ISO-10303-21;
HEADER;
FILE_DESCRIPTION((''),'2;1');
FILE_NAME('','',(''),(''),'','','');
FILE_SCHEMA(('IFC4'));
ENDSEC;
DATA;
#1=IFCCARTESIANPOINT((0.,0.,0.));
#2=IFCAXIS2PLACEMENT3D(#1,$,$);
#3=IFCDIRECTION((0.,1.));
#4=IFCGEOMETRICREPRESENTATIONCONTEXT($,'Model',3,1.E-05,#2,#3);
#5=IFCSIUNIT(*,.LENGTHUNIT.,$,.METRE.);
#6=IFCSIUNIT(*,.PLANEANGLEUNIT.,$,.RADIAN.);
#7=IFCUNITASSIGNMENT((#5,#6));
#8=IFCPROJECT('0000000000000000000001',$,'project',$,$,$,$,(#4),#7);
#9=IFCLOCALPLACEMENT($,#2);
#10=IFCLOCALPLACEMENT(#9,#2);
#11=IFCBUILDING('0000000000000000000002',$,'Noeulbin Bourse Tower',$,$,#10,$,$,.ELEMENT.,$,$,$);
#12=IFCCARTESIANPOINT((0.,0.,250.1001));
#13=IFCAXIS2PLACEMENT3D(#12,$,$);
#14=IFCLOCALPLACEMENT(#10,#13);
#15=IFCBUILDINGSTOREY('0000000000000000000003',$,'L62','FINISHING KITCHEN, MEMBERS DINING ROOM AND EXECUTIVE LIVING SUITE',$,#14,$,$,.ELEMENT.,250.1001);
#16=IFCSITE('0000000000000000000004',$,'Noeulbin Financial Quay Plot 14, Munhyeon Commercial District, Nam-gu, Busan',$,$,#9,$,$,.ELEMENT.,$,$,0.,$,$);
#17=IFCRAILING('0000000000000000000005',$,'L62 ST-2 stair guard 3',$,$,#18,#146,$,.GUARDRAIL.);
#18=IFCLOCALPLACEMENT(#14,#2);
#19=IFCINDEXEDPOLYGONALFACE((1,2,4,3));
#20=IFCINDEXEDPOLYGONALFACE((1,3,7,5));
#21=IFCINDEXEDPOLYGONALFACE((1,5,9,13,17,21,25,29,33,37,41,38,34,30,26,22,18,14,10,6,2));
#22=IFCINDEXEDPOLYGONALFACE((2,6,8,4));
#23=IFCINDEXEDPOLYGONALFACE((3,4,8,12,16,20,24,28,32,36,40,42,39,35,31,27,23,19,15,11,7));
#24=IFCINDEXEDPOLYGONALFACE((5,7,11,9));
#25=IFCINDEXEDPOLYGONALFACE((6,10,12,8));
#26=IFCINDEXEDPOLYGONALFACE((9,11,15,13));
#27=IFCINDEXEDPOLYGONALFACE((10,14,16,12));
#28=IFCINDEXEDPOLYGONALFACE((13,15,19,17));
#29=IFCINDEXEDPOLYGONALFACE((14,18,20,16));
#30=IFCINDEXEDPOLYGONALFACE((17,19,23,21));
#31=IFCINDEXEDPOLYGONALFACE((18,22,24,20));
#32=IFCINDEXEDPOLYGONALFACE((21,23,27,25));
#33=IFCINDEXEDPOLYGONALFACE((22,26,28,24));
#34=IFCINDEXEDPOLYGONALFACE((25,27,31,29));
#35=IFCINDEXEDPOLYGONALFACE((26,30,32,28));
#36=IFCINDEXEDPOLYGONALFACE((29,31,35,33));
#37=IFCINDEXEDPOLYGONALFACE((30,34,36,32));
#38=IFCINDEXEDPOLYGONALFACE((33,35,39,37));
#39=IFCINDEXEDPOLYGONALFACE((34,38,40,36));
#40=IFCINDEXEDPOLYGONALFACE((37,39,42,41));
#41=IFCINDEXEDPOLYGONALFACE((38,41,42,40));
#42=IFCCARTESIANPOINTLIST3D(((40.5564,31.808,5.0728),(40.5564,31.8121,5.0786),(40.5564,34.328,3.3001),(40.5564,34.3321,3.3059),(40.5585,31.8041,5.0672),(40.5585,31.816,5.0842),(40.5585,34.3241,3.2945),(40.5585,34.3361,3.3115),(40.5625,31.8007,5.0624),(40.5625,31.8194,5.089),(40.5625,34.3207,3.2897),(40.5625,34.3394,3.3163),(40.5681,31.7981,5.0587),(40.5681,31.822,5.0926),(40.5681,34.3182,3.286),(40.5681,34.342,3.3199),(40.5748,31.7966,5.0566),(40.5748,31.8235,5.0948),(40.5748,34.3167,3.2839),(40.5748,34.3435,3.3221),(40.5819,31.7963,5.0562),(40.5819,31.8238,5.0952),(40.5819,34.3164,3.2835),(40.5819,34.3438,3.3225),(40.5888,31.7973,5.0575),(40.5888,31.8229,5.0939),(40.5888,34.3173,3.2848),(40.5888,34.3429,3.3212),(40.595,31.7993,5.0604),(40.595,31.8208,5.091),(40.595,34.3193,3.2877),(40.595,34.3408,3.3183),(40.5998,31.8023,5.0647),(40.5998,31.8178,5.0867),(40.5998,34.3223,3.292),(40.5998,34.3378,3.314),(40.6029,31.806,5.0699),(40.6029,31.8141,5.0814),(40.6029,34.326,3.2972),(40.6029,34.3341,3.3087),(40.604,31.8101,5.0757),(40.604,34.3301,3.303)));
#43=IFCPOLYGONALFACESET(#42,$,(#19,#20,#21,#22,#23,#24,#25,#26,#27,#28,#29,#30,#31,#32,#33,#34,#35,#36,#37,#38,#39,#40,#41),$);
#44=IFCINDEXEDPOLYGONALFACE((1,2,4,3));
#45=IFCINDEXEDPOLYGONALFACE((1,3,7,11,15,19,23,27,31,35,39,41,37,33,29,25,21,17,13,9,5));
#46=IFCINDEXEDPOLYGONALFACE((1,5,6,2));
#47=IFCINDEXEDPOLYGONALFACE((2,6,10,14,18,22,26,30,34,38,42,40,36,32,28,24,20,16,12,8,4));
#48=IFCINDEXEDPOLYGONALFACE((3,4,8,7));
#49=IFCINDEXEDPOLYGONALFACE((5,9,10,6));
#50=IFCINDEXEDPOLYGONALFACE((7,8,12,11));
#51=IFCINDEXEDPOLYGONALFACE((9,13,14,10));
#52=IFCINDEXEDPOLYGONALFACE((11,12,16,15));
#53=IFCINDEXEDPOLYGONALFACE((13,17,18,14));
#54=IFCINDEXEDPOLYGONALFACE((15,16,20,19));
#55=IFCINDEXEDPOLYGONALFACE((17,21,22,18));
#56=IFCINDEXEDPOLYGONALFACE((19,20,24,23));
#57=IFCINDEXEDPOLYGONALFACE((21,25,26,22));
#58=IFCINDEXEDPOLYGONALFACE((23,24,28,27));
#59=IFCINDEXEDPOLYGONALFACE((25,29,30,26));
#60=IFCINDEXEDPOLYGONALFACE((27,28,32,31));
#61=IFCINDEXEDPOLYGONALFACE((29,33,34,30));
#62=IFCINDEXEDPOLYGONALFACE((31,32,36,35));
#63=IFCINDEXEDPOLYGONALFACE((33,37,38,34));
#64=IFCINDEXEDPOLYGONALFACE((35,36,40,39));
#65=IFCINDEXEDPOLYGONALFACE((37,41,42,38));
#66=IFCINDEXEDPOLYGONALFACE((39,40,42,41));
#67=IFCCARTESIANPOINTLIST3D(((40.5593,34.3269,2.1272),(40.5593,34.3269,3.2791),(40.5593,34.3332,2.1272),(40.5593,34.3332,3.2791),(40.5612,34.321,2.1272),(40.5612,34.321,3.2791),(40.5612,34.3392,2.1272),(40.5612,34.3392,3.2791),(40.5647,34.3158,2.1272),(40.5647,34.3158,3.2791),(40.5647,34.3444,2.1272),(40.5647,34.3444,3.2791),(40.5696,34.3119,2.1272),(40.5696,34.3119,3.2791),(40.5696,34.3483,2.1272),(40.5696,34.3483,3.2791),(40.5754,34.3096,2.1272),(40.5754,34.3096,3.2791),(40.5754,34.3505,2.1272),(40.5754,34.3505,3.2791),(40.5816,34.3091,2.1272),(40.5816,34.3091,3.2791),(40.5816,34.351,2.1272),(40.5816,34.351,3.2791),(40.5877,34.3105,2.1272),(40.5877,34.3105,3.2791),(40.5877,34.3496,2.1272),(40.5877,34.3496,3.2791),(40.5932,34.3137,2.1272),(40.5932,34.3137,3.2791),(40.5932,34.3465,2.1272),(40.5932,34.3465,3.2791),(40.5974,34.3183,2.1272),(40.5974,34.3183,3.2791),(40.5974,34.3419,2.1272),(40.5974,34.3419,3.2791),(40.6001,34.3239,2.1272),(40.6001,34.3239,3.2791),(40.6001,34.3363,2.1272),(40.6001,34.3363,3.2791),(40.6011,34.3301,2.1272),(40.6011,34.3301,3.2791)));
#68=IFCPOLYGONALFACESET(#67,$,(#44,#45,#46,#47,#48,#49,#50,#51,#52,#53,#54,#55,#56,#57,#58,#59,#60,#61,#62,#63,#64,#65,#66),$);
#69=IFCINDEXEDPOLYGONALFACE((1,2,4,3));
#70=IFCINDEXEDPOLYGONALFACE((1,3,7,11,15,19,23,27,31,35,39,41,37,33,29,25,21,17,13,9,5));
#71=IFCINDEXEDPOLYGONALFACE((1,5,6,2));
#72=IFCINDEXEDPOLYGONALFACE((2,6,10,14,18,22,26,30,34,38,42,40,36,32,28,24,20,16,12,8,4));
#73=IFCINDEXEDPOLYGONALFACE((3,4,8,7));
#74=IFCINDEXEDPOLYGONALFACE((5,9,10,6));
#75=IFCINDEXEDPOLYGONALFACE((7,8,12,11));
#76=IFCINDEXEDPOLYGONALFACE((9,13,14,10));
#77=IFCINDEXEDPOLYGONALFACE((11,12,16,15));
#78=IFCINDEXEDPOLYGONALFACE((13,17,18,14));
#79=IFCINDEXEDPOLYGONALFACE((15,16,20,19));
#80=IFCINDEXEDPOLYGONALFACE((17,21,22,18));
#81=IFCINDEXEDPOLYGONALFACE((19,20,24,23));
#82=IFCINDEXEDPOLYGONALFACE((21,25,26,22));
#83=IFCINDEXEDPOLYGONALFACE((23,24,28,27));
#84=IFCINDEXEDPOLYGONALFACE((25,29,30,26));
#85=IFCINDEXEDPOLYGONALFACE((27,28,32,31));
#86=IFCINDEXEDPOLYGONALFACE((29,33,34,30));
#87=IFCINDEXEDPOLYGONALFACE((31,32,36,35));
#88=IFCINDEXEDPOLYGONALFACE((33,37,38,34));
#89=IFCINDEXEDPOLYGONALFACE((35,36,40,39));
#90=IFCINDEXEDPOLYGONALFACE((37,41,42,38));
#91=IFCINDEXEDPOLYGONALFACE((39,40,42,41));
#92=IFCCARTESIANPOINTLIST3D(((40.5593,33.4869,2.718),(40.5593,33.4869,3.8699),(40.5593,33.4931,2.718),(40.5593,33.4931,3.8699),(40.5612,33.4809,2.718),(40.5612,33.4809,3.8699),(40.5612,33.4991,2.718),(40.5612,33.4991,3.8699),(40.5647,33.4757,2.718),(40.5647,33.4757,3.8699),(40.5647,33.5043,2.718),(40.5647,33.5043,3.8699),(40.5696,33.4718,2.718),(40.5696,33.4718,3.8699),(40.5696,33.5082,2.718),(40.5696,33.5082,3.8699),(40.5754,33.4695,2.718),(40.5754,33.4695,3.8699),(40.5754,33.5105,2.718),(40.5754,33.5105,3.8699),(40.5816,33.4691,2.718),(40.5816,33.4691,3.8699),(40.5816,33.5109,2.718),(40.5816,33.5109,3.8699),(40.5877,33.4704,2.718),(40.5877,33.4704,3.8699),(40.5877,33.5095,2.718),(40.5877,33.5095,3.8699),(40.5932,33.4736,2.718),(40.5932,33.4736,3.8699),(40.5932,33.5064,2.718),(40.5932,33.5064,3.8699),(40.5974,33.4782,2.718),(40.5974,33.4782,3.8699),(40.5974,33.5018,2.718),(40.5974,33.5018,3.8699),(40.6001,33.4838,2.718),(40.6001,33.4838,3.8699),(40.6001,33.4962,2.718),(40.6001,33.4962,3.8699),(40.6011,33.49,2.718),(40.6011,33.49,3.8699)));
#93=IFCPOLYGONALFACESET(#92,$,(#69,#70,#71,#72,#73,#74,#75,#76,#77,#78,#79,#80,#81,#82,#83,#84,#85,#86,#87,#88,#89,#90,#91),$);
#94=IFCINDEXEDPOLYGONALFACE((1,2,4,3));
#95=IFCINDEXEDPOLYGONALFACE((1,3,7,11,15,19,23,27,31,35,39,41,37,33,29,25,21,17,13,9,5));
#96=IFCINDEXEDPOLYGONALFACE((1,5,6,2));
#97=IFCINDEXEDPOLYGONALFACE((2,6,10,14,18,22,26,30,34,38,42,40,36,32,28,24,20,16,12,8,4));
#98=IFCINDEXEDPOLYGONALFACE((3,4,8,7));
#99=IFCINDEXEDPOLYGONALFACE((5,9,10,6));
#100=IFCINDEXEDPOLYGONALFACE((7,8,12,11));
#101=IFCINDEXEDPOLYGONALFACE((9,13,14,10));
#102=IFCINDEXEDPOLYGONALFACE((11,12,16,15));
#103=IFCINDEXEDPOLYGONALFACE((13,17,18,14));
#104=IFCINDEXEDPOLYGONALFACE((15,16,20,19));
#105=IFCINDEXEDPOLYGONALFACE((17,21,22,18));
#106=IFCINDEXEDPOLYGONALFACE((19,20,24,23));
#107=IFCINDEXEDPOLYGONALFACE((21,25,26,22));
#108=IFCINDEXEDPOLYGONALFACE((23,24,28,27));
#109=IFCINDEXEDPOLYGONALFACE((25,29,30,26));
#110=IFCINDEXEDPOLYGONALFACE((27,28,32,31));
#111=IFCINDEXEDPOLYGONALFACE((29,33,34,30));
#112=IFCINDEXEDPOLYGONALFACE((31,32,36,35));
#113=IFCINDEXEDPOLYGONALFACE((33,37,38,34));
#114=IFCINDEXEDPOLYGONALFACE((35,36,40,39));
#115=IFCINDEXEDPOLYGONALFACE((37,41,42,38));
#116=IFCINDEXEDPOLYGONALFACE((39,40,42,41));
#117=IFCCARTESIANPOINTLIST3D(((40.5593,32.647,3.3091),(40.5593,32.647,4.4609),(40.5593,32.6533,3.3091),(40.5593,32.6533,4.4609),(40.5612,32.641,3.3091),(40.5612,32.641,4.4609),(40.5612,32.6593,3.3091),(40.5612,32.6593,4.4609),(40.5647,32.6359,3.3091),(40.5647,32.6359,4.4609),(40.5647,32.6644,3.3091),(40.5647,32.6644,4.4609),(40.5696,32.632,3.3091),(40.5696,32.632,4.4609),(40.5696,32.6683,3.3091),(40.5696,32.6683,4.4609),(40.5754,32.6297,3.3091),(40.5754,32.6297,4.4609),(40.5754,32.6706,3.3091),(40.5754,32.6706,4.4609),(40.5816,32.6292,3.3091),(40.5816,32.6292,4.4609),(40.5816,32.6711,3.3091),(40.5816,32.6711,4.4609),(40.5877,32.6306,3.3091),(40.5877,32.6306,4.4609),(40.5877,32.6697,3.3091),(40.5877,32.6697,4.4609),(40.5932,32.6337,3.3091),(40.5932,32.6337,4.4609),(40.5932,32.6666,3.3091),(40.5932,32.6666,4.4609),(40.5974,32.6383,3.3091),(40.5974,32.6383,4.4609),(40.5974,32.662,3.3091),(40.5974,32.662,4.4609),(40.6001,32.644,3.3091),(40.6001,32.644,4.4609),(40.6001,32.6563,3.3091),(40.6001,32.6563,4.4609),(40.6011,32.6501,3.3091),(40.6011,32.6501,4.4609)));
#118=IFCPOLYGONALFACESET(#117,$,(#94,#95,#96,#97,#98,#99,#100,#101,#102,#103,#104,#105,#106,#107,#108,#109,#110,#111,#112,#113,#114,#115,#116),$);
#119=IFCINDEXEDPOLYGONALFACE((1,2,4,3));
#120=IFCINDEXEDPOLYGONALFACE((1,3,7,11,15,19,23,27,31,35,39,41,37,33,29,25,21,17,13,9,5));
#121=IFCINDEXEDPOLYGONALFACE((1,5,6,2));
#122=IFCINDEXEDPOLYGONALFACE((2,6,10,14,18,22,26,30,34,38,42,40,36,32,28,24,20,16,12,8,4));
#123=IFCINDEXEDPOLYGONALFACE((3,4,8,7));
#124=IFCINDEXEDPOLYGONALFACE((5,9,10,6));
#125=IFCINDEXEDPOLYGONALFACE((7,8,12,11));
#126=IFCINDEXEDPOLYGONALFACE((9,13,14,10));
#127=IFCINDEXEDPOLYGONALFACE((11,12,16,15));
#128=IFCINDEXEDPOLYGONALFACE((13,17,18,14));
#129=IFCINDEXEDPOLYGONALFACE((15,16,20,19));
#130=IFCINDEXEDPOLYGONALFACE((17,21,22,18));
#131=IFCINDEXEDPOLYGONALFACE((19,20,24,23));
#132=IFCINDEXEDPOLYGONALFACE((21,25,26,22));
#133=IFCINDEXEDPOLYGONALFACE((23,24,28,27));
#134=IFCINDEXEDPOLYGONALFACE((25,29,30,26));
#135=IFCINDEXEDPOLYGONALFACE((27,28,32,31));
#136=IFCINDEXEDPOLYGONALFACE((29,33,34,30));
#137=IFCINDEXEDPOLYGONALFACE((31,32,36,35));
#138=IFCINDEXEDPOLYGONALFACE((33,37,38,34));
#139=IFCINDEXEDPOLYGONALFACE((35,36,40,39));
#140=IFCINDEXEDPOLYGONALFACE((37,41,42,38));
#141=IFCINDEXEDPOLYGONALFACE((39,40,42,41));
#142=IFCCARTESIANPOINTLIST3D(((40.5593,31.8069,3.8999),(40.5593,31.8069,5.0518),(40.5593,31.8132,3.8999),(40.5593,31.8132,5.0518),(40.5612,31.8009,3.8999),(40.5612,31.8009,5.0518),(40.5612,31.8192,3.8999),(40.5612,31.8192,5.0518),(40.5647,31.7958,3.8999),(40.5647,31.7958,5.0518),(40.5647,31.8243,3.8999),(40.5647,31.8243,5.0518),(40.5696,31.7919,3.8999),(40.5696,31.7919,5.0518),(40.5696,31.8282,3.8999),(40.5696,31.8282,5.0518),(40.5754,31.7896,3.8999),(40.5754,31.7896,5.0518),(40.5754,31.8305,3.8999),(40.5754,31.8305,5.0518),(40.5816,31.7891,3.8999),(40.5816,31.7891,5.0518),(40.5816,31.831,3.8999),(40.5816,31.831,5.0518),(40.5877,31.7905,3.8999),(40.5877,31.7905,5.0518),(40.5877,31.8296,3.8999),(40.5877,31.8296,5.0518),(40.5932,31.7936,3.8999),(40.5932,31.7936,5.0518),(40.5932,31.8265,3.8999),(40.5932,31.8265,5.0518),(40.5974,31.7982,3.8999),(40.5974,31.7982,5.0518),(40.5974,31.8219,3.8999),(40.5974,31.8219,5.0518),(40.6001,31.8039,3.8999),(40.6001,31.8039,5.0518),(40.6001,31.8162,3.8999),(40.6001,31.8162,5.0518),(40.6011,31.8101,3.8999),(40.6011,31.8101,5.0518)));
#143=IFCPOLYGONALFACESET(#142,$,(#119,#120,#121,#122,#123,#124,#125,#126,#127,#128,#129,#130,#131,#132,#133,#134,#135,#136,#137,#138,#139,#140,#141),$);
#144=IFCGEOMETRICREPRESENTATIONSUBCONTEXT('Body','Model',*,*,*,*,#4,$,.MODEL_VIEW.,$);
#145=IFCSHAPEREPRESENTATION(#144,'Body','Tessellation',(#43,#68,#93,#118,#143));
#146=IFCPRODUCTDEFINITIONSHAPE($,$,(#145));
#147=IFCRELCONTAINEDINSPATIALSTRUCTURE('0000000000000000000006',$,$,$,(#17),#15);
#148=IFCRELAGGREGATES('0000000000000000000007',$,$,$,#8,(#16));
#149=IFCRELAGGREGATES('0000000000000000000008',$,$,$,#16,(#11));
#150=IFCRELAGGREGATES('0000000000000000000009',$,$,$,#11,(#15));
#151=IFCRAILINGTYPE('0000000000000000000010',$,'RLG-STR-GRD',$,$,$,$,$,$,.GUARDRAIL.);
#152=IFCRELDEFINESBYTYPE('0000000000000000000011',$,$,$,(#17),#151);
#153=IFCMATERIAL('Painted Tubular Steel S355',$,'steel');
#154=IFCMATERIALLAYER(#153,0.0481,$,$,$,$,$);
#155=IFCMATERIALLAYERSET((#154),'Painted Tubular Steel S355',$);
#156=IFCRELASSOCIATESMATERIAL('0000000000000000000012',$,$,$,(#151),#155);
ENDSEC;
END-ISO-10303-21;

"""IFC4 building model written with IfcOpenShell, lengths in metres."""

from ifc_helpers import new_model, si_unit, direction, frame, origin, origin_2d, place, context, subcontext, project, spatial, circle, extrude, material, layer, layer_set, type_object, element, save


model = new_model("IFC4")

# Units and contexts
model_context = context("Model", 3, precision=1e-05, world=origin(), true_north=direction((0.0, 1.0)))
body_context = subcontext(model_context, "Body", "Model", "MODEL_VIEW")
ifc_project = project(units=[si_unit("LENGTHUNIT", "METRE"), si_unit("PLANEANGLEUNIT", "RADIAN")], contexts=[model_context])

# Site, building, storey
site_placement = place(None, origin())
site = spatial("IfcSite", under=ifc_project, at=site_placement, Name="Noeulbin Financial Quay Plot 14, Munhyeon Commercial District, Nam-gu, Busan", CompositionType="ELEMENT", RefElevation=0.0)
building_placement = place(site_placement, origin())
building = spatial("IfcBuilding", under=site, at=building_placement, Name="Noeulbin Bourse Tower", CompositionType="ELEMENT")
storey_placement = place(building_placement, frame((0.0, 0.0, 250.1001)))
storey = spatial("IfcBuildingStorey", under=building, at=storey_placement, Name="L62", Description="FINISHING KITCHEN, MEMBERS DINING ROOM AND EXECUTIVE LIVING SUITE", CompositionType="ELEMENT", Elevation=250.1001)

# Railing
ifc_material_1 = material(Name="Painted Tubular Steel S355", Category="steel")
ifc_layer_1 = layer(ifc_material_1, 0.0481)
ifc_layer_set_1 = layer_set([ifc_layer_1], Name="Painted Tubular Steel S355")
railing_type_1 = type_object("IfcRailingType", Name="RLG-STR-GRD", PredefinedType="GUARDRAIL", material=ifc_layer_set_1)
railing_1_placement = place(storey_placement, frame((40.5801, 34.3301, 2.1272)))
element("IfcRailing", 1, at=railing_1_placement, inside=storey, type_object=railing_type_1, Name="L62 ST-2 stair guard 3", PredefinedType="GUARDRAIL", context=body_context, shape_type="SweptSolid", body=[
    extrude(circle(Radius=0.0239, at=origin_2d()), frame((0.0, 0.0, 1.1758), z_axis=(0.0, -0.817904, 0.575354), x_axis=(1.0, 0.0, 0.0)), (0.0, 0.0, 1.0), 3.0811),
    extrude(circle(Radius=0.021, at=origin_2d()), origin(), (0.0, 0.0, 1.0), 1.1519),
    extrude(circle(Radius=0.021, at=origin_2d()), frame((0.0, -0.8401, 0.5908)), (0.0, 0.0, 1.0), 1.1519),
    extrude(circle(Radius=0.021, at=origin_2d()), frame((0.0, -1.6799, 1.1819)), (0.0, 0.0, 1.0), 1.1519),
    extrude(circle(Radius=0.021, at=origin_2d()), frame((0.0, -2.52, 1.7727)), (0.0, 0.0, 1.0), 1.1519),
])

save(model, "model.ifc")
